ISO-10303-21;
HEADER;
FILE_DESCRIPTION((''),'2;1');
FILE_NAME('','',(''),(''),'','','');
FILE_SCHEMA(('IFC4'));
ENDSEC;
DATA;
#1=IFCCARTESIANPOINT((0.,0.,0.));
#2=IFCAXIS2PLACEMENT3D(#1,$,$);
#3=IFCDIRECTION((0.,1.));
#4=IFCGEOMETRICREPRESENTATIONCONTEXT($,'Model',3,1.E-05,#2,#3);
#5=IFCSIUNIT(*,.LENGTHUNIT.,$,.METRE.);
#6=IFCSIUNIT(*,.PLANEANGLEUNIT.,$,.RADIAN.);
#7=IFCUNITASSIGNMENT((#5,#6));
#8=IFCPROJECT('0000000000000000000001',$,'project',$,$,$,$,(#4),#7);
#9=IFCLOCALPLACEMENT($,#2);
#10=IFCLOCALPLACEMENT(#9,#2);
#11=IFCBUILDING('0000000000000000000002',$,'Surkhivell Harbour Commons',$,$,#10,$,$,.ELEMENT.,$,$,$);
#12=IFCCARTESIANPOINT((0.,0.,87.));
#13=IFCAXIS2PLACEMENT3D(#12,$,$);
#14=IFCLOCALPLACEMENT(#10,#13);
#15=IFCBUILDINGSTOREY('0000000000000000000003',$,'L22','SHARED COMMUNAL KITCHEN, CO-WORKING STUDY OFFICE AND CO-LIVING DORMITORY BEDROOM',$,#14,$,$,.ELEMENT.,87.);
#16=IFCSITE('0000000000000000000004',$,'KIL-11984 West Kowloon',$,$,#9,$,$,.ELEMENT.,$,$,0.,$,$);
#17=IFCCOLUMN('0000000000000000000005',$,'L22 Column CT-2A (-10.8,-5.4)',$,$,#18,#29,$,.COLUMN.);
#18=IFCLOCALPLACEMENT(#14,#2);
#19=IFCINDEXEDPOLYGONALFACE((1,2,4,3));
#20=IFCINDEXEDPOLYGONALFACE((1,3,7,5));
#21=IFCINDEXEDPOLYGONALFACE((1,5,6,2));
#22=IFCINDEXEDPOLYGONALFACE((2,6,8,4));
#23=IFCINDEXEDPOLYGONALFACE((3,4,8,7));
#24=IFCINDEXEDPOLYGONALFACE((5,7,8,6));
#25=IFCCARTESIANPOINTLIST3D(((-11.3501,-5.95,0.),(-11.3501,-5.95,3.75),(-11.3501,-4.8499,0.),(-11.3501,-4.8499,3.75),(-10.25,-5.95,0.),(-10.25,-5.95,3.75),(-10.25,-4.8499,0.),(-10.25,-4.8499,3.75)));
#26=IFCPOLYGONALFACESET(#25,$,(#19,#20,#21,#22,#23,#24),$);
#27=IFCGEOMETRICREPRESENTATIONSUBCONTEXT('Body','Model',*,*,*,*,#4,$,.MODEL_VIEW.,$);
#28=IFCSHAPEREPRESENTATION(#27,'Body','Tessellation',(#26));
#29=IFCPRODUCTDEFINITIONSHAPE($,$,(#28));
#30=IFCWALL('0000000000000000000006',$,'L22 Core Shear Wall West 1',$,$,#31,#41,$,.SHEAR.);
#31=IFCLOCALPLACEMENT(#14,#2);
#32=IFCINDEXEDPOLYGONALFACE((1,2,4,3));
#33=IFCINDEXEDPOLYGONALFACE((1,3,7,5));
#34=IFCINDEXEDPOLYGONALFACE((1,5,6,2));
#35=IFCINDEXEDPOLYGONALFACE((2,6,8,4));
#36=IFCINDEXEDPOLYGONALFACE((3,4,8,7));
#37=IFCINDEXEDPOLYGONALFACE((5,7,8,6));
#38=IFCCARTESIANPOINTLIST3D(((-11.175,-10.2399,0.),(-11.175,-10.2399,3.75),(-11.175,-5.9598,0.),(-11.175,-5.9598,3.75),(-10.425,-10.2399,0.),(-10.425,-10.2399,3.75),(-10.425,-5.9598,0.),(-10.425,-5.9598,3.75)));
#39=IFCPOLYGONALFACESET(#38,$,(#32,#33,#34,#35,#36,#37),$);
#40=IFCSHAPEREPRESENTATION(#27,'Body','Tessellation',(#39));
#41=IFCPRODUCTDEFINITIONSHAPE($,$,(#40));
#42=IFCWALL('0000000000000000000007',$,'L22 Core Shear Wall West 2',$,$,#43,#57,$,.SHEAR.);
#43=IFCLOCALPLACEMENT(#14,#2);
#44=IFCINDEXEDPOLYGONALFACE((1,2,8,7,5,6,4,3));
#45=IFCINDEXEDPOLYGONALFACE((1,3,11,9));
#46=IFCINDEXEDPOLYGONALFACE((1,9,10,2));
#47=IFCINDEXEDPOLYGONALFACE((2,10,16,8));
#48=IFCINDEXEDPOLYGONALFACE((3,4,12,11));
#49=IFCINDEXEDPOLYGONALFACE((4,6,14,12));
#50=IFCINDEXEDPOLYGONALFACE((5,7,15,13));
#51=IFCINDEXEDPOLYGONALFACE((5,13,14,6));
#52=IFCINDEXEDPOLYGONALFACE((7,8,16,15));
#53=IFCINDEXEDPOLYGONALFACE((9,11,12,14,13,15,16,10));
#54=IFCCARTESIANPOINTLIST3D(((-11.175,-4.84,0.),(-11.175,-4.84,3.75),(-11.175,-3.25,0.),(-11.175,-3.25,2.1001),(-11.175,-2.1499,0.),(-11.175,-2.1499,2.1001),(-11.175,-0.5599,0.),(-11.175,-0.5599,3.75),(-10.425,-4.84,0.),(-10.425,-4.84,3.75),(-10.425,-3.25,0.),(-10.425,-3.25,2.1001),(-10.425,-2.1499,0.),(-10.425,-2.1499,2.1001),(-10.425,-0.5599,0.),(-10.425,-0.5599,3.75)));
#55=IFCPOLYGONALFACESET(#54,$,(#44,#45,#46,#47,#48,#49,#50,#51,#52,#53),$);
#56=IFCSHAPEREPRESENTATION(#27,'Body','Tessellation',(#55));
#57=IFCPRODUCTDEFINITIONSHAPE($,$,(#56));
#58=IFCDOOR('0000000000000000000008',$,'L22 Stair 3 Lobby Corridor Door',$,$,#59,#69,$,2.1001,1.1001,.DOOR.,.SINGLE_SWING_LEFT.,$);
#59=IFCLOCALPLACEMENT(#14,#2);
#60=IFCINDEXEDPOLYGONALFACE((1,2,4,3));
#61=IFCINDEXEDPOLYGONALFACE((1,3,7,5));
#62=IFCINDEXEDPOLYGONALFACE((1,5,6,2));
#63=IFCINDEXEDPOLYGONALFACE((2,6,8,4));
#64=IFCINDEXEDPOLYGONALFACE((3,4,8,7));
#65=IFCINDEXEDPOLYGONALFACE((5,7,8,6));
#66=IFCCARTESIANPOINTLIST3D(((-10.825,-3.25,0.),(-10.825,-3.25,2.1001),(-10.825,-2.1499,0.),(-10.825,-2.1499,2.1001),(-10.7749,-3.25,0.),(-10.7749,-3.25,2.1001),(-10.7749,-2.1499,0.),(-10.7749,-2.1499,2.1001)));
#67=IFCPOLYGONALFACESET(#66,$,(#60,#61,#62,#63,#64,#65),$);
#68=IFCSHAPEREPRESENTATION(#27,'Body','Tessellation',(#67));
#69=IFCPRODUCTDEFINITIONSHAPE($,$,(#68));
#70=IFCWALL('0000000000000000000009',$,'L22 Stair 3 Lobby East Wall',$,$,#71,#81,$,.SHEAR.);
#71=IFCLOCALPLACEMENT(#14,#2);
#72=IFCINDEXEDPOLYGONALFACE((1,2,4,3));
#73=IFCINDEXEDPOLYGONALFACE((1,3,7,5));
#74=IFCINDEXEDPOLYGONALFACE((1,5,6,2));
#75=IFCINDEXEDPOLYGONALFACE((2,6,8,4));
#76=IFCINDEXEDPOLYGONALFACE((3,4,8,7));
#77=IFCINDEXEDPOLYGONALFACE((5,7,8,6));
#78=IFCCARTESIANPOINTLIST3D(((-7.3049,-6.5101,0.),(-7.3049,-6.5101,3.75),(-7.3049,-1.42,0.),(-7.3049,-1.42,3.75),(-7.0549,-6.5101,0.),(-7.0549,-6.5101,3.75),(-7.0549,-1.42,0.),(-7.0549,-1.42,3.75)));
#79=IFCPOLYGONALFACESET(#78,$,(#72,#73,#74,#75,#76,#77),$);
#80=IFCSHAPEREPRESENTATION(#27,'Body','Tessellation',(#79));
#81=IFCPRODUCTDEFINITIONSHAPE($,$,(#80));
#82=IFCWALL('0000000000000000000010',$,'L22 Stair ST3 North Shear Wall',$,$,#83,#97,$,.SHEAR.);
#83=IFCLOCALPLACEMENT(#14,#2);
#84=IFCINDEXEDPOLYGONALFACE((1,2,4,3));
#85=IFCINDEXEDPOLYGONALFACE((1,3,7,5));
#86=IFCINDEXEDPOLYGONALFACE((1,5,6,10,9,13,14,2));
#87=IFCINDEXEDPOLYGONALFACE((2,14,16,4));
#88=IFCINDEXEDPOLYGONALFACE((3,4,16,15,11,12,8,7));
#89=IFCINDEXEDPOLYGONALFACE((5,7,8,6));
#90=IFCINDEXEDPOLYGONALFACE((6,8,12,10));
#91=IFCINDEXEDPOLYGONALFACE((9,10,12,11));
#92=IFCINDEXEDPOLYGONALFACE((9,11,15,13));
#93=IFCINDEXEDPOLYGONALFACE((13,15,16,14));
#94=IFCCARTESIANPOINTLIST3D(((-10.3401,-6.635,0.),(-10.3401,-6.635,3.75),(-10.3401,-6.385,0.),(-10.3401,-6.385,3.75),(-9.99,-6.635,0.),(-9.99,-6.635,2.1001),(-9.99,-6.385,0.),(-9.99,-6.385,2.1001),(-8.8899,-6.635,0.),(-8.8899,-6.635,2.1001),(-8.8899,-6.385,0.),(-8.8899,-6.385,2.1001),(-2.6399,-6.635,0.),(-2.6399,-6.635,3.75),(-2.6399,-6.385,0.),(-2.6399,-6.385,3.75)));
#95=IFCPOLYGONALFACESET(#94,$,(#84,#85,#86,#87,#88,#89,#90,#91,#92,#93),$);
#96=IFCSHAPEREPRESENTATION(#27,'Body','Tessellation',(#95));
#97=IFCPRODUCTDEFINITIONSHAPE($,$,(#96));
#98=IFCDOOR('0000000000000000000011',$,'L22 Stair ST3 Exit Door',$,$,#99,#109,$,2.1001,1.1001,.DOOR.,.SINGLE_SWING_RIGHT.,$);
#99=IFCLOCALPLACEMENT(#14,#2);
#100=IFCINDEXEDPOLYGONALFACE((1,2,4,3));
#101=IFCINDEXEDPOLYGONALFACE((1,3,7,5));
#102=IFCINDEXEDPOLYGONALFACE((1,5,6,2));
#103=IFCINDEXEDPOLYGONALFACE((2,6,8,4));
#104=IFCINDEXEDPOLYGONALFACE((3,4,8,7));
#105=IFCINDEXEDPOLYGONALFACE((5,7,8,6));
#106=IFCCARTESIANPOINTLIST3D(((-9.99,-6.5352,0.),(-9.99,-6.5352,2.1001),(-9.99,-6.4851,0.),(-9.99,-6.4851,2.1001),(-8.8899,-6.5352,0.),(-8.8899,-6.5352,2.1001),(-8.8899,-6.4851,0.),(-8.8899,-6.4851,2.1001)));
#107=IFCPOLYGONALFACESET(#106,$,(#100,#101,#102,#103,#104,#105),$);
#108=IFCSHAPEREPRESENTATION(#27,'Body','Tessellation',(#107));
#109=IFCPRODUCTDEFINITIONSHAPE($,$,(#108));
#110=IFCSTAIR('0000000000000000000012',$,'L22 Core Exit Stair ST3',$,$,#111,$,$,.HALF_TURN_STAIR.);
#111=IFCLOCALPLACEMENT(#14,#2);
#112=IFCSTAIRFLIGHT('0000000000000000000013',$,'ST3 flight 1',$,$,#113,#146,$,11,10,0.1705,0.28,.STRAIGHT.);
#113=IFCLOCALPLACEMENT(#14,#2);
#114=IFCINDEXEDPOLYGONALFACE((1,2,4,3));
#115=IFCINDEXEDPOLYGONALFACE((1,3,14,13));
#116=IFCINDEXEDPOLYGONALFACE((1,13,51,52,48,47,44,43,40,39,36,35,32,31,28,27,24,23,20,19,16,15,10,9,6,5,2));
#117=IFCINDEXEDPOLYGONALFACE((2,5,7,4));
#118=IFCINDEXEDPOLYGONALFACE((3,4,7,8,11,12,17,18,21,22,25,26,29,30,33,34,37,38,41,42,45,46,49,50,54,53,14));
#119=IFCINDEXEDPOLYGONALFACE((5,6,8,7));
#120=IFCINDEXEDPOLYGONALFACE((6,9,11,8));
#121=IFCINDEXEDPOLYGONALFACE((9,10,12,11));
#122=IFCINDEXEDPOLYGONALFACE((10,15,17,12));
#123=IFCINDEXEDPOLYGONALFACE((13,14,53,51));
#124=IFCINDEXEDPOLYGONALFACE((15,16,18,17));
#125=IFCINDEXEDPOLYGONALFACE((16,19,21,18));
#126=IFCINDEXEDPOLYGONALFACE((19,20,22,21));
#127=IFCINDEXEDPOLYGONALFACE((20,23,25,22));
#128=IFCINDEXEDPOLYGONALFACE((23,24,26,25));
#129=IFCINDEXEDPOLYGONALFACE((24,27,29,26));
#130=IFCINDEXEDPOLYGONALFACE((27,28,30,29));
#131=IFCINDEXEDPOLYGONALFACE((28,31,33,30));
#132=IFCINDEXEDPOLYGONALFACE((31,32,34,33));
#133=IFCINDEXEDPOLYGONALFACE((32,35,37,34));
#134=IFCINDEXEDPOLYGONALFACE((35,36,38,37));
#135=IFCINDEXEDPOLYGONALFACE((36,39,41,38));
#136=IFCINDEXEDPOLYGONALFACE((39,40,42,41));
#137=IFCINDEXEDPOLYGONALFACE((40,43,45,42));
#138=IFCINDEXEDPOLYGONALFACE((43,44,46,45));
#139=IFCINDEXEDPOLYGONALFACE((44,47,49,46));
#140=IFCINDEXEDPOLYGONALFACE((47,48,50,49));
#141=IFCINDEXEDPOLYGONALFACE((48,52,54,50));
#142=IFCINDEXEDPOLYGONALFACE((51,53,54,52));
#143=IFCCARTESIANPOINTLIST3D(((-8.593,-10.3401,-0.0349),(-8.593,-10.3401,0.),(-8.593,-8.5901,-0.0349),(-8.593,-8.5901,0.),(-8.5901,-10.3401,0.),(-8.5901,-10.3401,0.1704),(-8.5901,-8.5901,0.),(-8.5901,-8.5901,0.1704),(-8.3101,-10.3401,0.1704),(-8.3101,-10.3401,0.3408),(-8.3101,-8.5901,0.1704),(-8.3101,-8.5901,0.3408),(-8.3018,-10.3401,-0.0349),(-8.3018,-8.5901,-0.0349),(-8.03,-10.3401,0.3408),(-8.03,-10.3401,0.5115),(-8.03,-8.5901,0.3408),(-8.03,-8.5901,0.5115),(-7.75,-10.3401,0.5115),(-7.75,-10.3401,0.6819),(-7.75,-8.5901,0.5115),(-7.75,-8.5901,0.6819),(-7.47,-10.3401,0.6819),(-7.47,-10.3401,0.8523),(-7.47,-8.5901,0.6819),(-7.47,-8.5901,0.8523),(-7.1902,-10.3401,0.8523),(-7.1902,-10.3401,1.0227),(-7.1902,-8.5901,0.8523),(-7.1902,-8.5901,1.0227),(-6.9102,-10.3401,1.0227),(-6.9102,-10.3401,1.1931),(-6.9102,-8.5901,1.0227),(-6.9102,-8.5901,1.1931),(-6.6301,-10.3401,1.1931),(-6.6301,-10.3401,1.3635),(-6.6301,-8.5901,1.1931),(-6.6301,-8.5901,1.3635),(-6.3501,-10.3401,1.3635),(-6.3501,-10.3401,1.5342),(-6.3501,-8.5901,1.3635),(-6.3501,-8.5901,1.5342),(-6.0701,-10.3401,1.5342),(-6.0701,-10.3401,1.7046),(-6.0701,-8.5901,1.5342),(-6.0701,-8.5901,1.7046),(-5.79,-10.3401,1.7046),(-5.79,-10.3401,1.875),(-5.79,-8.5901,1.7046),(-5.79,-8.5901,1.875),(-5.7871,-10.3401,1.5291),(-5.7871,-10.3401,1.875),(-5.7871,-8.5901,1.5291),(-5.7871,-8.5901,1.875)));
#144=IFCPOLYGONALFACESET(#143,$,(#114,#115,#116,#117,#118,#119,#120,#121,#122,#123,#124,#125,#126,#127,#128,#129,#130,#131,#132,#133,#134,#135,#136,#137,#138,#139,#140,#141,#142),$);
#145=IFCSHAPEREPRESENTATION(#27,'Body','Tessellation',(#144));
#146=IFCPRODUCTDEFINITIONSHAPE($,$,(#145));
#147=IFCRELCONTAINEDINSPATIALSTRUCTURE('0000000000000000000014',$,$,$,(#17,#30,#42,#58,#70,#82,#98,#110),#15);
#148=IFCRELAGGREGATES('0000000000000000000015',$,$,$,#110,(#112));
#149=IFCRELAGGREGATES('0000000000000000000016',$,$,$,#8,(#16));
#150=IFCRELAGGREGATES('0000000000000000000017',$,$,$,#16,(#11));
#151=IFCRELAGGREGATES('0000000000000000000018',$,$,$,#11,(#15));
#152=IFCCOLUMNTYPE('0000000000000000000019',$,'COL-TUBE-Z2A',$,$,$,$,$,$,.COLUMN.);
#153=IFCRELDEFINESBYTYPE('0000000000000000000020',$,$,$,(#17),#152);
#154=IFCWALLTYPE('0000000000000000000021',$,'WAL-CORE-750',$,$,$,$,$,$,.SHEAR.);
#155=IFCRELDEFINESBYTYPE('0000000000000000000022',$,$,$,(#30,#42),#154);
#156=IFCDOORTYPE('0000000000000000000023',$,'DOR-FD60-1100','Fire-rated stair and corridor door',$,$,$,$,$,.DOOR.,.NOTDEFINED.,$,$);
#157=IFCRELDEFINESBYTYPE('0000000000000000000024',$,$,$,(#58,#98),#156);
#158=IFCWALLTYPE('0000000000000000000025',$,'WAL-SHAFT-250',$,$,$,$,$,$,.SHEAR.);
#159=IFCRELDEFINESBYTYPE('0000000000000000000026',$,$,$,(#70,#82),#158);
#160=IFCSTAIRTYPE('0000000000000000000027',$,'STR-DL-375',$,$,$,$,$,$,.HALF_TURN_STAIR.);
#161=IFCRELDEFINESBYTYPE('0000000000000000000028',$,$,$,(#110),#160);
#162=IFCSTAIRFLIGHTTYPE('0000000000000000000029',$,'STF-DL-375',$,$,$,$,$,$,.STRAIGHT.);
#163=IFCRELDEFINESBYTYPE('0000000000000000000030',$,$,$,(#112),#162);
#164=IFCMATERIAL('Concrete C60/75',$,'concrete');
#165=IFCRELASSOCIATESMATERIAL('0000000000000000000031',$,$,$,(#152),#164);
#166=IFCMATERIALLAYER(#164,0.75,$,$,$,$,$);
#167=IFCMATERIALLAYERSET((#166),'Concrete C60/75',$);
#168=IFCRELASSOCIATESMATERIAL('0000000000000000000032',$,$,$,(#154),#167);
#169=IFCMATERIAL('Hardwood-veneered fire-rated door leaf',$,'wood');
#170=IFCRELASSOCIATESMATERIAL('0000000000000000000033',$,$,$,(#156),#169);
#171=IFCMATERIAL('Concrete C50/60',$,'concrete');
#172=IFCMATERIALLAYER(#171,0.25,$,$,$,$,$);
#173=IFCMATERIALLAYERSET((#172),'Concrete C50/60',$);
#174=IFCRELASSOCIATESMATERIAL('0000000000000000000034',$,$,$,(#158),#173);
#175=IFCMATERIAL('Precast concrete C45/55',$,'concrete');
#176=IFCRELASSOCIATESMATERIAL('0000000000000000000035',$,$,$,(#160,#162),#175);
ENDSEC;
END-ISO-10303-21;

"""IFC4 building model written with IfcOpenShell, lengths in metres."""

from ifc_helpers import new_model, si_unit, direction, frame, frame_2d, origin, origin_2d, place, context, subcontext, project, spatial, polyline, rectangle, outline, extrude, material, layer, layer_set, material_profile, profile_set, type_object, element, fill, aggregate, save


model = new_model("IFC4")

# Units and contexts
model_context = context("Model", 3, precision=1e-05, world=origin(), true_north=direction((0.0, 1.0)))
body_context = subcontext(model_context, "Body", "Model", "MODEL_VIEW")
ifc_project = project(units=[si_unit("LENGTHUNIT", "METRE"), si_unit("PLANEANGLEUNIT", "RADIAN")], contexts=[model_context])

# Site, building, storey
site_placement = place(None, origin())
site = spatial("IfcSite", under=ifc_project, at=site_placement, Name="KIL-11984 West Kowloon", CompositionType="ELEMENT", RefElevation=0.0)
building_placement = place(site_placement, origin())
building = spatial("IfcBuilding", under=site, at=building_placement, Name="Surkhivell Harbour Commons", CompositionType="ELEMENT")
storey_placement = place(building_placement, frame((0.0, 0.0, 87.0)))
storey = spatial("IfcBuildingStorey", under=building, at=storey_placement, Name="L22", Description="SHARED COMMUNAL KITCHEN, CO-WORKING STUDY OFFICE AND CO-LIVING DORMITORY BEDROOM", CompositionType="ELEMENT", Elevation=87.0)

# Column
ifc_material_1 = material(Name="Concrete C60/75", Category="concrete")
ifc_material_profile = material_profile(ifc_material_1, rectangle(XDim=1.1001, YDim=1.1001, at=origin_2d()), Name="RC-COL-1100x1100")
ifc_profile_set = profile_set([ifc_material_profile], Name="Concrete C60/75")
column_type = type_object("IfcColumnType", Name="COL-TUBE-Z2A", PredefinedType="COLUMN", material=ifc_profile_set)
column_placement = place(storey_placement, frame((-10.8, -5.3999, 0.0), z_axis=(0.0, 0.0, 1.0), x_axis=(1.0, 0.0, 0.0)))
element("IfcColumn", 1, at=column_placement, inside=storey, type_object=column_type, Name="L22 Column CT-2A (-10.8,-5.4)", PredefinedType="COLUMN", context=body_context, shape_type="SweptSolid", body=[
    extrude(rectangle(XDim=1.1001, YDim=1.1001, at=origin_2d()), origin(), (0.0, 0.0, 1.0), 3.75),
])

# Wall
ifc_layer_1 = layer(ifc_material_1, 0.75)
ifc_layer_set_1 = layer_set([ifc_layer_1], Name="Concrete C60/75")
wall_type_1 = type_object("IfcWallType", Name="WAL-CORE-750", PredefinedType="SHEAR", material=ifc_layer_set_1)
wall_1_placement = place(storey_placement, frame((-10.8, -10.24, 0.0), z_axis=(0.0, 0.0, 1.0), x_axis=(0.0, 1.0, 0.0)))
element("IfcWall", 2, at=wall_1_placement, inside=storey, type_object=wall_type_1, Name="L22 Core Shear Wall West 1", PredefinedType="SHEAR", context=body_context, shape_type="SweptSolid", body=[
    extrude(rectangle(XDim=4.28, YDim=0.75, at=frame_2d((2.1401, 0.0))), origin(), (0.0, 0.0, 1.0), 3.75),
])

# Wall, opening, door
wall_2_placement = place(storey_placement, frame((-10.8, -4.8401, 0.0), z_axis=(0.0, 0.0, 1.0), x_axis=(0.0, 1.0, 0.0)))
wall_2 = element("IfcWall", 3, at=wall_2_placement, inside=storey, type_object=wall_type_1, Name="L22 Core Shear Wall West 2", PredefinedType="SHEAR", context=body_context, shape_type="SweptSolid", body=[
    extrude(rectangle(XDim=4.28, YDim=0.75, at=frame_2d((2.1401, 0.0))), origin(), (0.0, 0.0, 1.0), 3.75),
])
opening_1_placement = place(wall_2_placement, frame((1.5901, 0.0, 0.0)))
opening_1 = element("IfcOpeningElement", 4, at=opening_1_placement, cuts=wall_2, PredefinedType="OPENING", context=body_context, shape_type="SweptSolid", body=[
    extrude(rectangle(XDim=1.1001, YDim=2.1001, at=frame_2d((0.55, 1.05))), frame((0.0, 0.385, 0.0), z_axis=(0.0, -1.0, 0.0), x_axis=(1.0, 0.0, 0.0)), (0.0, 0.0, 1.0), 0.77),
])
ifc_material_2 = material(Name="Hardwood-veneered fire-rated door leaf", Category="wood")
door_type = type_object("IfcDoorType", Name="DOR-FD60-1100", Description="Fire-rated stair and corridor door", OperationType="NOTDEFINED", PredefinedType="DOOR", material=ifc_material_2)
door_1_placement = place(opening_1_placement, origin())
door_1 = element("IfcDoor", 5, at=door_1_placement, inside=storey, type_object=door_type, Name="L22 Stair 3 Lobby Corridor Door", OperationType="SINGLE_SWING_LEFT", OverallHeight=2.1001, OverallWidth=1.1001, PredefinedType="DOOR", context=body_context, shape_type="SweptSolid", body=[
    extrude(rectangle(XDim=1.1001, YDim=2.1001, at=frame_2d((0.55, 1.05))), frame((0.0, 0.0249, 0.0), z_axis=(0.0, -1.0, 0.0), x_axis=(1.0, 0.0, 0.0)), (0.0, 0.0, 1.0), 0.05),
])
fill(opening_1, door_1)

# Wall
ifc_material_3 = material(Name="Concrete C50/60", Category="concrete")
ifc_layer_2 = layer(ifc_material_3, 0.25)
ifc_layer_set_2 = layer_set([ifc_layer_2], Name="Concrete C50/60")
wall_type_2 = type_object("IfcWallType", Name="WAL-SHAFT-250", PredefinedType="SHEAR", material=ifc_layer_set_2)
wall_3_placement = place(storey_placement, frame((-7.1799, -6.51, 0.0), z_axis=(0.0, 0.0, 1.0), x_axis=(0.0, 1.0, 0.0)))
element("IfcWall", 6, at=wall_3_placement, inside=storey, type_object=wall_type_2, Name="L22 Stair 3 Lobby East Wall", PredefinedType="SHEAR", context=body_context, shape_type="SweptSolid", body=[
    extrude(rectangle(XDim=5.0901, YDim=0.25, at=frame_2d((2.5449, 0.0))), origin(), (0.0, 0.0, 1.0), 3.75),
])

# Wall, opening, door
wall_4_placement = place(storey_placement, frame((-10.3401, -6.51, 0.0), z_axis=(0.0, 0.0, 1.0), x_axis=(1.0, 0.0, 0.0)))
wall_4 = element("IfcWall", 7, at=wall_4_placement, inside=storey, type_object=wall_type_2, Name="L22 Stair ST3 North Shear Wall", PredefinedType="SHEAR", context=body_context, shape_type="SweptSolid", body=[
    extrude(rectangle(XDim=7.7002, YDim=0.25, at=frame_2d((3.8501, 0.0))), origin(), (0.0, 0.0, 1.0), 3.75),
])
opening_2_placement = place(wall_4_placement, frame((0.3501, 0.0, 0.0)))
opening_2 = element("IfcOpeningElement", 8, at=opening_2_placement, cuts=wall_4, PredefinedType="OPENING", context=body_context, shape_type="SweptSolid", body=[
    extrude(rectangle(XDim=1.1001, YDim=2.1001, at=frame_2d((0.55, 1.05))), frame((0.0, 0.135, 0.0), z_axis=(0.0, -1.0, 0.0), x_axis=(1.0, 0.0, 0.0)), (0.0, 0.0, 1.0), 0.27),
])
door_2_placement = place(opening_2_placement, origin())
door_2 = element("IfcDoor", 9, at=door_2_placement, inside=storey, type_object=door_type, Name="L22 Stair ST3 Exit Door", OperationType="SINGLE_SWING_RIGHT", OverallHeight=2.1001, OverallWidth=1.1001, PredefinedType="DOOR", context=body_context, shape_type="SweptSolid", body=[
    extrude(rectangle(XDim=1.1001, YDim=2.1001, at=frame_2d((0.55, 1.05))), frame((0.0, 0.0249, 0.0), z_axis=(0.0, -1.0, 0.0), x_axis=(1.0, 0.0, 0.0)), (0.0, 0.0, 1.0), 0.05),
])
fill(opening_2, door_2)

# Stair, stair flight
ifc_material_4 = material(Name="Precast concrete C45/55", Category="concrete")
stair_type = type_object("IfcStairType", Name="STR-DL-375", PredefinedType="HALF_TURN_STAIR", material=ifc_material_4)
stair_placement = place(storey_placement, origin())
stair = element("IfcStair", 10, at=stair_placement, inside=storey, type_object=stair_type, Name="L22 Core Exit Stair ST3", PredefinedType="HALF_TURN_STAIR")
stair_flight_type = type_object("IfcStairFlightType", Name="STF-DL-375", PredefinedType="STRAIGHT", material=ifc_material_4)
stair_flight_1_placement = place(storey_placement, frame((-8.5901, -9.4651, 0.0), z_axis=(0.0, 0.0, 1.0), x_axis=(1.0, 0.0, 0.0)))
stair_flight_1 = element("IfcStairFlight", 11, at=stair_flight_1_placement, type_object=stair_flight_type, Name="ST3 flight 1", NumberOfRisers=11, NumberOfTreads=10, PredefinedType="STRAIGHT", RiserHeight=0.1705, TreadLength=0.28, context=body_context, shape_type="SweptSolid", body=[
    extrude(outline(polyline([(-0.0029, -0.0349), (-0.0029, 0.0), (0.0, 0.0), (0.0, 0.1704), (0.28, 0.1704), (0.28, 0.3408), (0.5601, 0.3408), (0.5601, 0.5115), (0.8401, 0.5115), (0.8401, 0.6819), (1.1201, 0.6819), (1.1201, 0.8523), (1.3999, 0.8523), (1.3999, 1.0227), (1.6799, 1.0227), (1.6799, 1.1931), (1.96, 1.1931), (1.96, 1.3635), (2.24, 1.3635), (2.24, 1.5342), (2.52, 1.5342), (2.52, 1.7046), (2.8, 1.7046), (2.8, 1.875), (2.803, 1.875), (2.803, 1.5291), (0.2883, -0.0349), (-0.0029, -0.0349)])), frame((0.0, 0.875, 0.0), z_axis=(0.0, -1.0, 0.0), x_axis=(1.0, 0.0, 0.0)), (0.0, 0.0, 1.0), 1.75),
])
aggregate(stair, [stair_flight_1])

save(model, "model.ifc")
